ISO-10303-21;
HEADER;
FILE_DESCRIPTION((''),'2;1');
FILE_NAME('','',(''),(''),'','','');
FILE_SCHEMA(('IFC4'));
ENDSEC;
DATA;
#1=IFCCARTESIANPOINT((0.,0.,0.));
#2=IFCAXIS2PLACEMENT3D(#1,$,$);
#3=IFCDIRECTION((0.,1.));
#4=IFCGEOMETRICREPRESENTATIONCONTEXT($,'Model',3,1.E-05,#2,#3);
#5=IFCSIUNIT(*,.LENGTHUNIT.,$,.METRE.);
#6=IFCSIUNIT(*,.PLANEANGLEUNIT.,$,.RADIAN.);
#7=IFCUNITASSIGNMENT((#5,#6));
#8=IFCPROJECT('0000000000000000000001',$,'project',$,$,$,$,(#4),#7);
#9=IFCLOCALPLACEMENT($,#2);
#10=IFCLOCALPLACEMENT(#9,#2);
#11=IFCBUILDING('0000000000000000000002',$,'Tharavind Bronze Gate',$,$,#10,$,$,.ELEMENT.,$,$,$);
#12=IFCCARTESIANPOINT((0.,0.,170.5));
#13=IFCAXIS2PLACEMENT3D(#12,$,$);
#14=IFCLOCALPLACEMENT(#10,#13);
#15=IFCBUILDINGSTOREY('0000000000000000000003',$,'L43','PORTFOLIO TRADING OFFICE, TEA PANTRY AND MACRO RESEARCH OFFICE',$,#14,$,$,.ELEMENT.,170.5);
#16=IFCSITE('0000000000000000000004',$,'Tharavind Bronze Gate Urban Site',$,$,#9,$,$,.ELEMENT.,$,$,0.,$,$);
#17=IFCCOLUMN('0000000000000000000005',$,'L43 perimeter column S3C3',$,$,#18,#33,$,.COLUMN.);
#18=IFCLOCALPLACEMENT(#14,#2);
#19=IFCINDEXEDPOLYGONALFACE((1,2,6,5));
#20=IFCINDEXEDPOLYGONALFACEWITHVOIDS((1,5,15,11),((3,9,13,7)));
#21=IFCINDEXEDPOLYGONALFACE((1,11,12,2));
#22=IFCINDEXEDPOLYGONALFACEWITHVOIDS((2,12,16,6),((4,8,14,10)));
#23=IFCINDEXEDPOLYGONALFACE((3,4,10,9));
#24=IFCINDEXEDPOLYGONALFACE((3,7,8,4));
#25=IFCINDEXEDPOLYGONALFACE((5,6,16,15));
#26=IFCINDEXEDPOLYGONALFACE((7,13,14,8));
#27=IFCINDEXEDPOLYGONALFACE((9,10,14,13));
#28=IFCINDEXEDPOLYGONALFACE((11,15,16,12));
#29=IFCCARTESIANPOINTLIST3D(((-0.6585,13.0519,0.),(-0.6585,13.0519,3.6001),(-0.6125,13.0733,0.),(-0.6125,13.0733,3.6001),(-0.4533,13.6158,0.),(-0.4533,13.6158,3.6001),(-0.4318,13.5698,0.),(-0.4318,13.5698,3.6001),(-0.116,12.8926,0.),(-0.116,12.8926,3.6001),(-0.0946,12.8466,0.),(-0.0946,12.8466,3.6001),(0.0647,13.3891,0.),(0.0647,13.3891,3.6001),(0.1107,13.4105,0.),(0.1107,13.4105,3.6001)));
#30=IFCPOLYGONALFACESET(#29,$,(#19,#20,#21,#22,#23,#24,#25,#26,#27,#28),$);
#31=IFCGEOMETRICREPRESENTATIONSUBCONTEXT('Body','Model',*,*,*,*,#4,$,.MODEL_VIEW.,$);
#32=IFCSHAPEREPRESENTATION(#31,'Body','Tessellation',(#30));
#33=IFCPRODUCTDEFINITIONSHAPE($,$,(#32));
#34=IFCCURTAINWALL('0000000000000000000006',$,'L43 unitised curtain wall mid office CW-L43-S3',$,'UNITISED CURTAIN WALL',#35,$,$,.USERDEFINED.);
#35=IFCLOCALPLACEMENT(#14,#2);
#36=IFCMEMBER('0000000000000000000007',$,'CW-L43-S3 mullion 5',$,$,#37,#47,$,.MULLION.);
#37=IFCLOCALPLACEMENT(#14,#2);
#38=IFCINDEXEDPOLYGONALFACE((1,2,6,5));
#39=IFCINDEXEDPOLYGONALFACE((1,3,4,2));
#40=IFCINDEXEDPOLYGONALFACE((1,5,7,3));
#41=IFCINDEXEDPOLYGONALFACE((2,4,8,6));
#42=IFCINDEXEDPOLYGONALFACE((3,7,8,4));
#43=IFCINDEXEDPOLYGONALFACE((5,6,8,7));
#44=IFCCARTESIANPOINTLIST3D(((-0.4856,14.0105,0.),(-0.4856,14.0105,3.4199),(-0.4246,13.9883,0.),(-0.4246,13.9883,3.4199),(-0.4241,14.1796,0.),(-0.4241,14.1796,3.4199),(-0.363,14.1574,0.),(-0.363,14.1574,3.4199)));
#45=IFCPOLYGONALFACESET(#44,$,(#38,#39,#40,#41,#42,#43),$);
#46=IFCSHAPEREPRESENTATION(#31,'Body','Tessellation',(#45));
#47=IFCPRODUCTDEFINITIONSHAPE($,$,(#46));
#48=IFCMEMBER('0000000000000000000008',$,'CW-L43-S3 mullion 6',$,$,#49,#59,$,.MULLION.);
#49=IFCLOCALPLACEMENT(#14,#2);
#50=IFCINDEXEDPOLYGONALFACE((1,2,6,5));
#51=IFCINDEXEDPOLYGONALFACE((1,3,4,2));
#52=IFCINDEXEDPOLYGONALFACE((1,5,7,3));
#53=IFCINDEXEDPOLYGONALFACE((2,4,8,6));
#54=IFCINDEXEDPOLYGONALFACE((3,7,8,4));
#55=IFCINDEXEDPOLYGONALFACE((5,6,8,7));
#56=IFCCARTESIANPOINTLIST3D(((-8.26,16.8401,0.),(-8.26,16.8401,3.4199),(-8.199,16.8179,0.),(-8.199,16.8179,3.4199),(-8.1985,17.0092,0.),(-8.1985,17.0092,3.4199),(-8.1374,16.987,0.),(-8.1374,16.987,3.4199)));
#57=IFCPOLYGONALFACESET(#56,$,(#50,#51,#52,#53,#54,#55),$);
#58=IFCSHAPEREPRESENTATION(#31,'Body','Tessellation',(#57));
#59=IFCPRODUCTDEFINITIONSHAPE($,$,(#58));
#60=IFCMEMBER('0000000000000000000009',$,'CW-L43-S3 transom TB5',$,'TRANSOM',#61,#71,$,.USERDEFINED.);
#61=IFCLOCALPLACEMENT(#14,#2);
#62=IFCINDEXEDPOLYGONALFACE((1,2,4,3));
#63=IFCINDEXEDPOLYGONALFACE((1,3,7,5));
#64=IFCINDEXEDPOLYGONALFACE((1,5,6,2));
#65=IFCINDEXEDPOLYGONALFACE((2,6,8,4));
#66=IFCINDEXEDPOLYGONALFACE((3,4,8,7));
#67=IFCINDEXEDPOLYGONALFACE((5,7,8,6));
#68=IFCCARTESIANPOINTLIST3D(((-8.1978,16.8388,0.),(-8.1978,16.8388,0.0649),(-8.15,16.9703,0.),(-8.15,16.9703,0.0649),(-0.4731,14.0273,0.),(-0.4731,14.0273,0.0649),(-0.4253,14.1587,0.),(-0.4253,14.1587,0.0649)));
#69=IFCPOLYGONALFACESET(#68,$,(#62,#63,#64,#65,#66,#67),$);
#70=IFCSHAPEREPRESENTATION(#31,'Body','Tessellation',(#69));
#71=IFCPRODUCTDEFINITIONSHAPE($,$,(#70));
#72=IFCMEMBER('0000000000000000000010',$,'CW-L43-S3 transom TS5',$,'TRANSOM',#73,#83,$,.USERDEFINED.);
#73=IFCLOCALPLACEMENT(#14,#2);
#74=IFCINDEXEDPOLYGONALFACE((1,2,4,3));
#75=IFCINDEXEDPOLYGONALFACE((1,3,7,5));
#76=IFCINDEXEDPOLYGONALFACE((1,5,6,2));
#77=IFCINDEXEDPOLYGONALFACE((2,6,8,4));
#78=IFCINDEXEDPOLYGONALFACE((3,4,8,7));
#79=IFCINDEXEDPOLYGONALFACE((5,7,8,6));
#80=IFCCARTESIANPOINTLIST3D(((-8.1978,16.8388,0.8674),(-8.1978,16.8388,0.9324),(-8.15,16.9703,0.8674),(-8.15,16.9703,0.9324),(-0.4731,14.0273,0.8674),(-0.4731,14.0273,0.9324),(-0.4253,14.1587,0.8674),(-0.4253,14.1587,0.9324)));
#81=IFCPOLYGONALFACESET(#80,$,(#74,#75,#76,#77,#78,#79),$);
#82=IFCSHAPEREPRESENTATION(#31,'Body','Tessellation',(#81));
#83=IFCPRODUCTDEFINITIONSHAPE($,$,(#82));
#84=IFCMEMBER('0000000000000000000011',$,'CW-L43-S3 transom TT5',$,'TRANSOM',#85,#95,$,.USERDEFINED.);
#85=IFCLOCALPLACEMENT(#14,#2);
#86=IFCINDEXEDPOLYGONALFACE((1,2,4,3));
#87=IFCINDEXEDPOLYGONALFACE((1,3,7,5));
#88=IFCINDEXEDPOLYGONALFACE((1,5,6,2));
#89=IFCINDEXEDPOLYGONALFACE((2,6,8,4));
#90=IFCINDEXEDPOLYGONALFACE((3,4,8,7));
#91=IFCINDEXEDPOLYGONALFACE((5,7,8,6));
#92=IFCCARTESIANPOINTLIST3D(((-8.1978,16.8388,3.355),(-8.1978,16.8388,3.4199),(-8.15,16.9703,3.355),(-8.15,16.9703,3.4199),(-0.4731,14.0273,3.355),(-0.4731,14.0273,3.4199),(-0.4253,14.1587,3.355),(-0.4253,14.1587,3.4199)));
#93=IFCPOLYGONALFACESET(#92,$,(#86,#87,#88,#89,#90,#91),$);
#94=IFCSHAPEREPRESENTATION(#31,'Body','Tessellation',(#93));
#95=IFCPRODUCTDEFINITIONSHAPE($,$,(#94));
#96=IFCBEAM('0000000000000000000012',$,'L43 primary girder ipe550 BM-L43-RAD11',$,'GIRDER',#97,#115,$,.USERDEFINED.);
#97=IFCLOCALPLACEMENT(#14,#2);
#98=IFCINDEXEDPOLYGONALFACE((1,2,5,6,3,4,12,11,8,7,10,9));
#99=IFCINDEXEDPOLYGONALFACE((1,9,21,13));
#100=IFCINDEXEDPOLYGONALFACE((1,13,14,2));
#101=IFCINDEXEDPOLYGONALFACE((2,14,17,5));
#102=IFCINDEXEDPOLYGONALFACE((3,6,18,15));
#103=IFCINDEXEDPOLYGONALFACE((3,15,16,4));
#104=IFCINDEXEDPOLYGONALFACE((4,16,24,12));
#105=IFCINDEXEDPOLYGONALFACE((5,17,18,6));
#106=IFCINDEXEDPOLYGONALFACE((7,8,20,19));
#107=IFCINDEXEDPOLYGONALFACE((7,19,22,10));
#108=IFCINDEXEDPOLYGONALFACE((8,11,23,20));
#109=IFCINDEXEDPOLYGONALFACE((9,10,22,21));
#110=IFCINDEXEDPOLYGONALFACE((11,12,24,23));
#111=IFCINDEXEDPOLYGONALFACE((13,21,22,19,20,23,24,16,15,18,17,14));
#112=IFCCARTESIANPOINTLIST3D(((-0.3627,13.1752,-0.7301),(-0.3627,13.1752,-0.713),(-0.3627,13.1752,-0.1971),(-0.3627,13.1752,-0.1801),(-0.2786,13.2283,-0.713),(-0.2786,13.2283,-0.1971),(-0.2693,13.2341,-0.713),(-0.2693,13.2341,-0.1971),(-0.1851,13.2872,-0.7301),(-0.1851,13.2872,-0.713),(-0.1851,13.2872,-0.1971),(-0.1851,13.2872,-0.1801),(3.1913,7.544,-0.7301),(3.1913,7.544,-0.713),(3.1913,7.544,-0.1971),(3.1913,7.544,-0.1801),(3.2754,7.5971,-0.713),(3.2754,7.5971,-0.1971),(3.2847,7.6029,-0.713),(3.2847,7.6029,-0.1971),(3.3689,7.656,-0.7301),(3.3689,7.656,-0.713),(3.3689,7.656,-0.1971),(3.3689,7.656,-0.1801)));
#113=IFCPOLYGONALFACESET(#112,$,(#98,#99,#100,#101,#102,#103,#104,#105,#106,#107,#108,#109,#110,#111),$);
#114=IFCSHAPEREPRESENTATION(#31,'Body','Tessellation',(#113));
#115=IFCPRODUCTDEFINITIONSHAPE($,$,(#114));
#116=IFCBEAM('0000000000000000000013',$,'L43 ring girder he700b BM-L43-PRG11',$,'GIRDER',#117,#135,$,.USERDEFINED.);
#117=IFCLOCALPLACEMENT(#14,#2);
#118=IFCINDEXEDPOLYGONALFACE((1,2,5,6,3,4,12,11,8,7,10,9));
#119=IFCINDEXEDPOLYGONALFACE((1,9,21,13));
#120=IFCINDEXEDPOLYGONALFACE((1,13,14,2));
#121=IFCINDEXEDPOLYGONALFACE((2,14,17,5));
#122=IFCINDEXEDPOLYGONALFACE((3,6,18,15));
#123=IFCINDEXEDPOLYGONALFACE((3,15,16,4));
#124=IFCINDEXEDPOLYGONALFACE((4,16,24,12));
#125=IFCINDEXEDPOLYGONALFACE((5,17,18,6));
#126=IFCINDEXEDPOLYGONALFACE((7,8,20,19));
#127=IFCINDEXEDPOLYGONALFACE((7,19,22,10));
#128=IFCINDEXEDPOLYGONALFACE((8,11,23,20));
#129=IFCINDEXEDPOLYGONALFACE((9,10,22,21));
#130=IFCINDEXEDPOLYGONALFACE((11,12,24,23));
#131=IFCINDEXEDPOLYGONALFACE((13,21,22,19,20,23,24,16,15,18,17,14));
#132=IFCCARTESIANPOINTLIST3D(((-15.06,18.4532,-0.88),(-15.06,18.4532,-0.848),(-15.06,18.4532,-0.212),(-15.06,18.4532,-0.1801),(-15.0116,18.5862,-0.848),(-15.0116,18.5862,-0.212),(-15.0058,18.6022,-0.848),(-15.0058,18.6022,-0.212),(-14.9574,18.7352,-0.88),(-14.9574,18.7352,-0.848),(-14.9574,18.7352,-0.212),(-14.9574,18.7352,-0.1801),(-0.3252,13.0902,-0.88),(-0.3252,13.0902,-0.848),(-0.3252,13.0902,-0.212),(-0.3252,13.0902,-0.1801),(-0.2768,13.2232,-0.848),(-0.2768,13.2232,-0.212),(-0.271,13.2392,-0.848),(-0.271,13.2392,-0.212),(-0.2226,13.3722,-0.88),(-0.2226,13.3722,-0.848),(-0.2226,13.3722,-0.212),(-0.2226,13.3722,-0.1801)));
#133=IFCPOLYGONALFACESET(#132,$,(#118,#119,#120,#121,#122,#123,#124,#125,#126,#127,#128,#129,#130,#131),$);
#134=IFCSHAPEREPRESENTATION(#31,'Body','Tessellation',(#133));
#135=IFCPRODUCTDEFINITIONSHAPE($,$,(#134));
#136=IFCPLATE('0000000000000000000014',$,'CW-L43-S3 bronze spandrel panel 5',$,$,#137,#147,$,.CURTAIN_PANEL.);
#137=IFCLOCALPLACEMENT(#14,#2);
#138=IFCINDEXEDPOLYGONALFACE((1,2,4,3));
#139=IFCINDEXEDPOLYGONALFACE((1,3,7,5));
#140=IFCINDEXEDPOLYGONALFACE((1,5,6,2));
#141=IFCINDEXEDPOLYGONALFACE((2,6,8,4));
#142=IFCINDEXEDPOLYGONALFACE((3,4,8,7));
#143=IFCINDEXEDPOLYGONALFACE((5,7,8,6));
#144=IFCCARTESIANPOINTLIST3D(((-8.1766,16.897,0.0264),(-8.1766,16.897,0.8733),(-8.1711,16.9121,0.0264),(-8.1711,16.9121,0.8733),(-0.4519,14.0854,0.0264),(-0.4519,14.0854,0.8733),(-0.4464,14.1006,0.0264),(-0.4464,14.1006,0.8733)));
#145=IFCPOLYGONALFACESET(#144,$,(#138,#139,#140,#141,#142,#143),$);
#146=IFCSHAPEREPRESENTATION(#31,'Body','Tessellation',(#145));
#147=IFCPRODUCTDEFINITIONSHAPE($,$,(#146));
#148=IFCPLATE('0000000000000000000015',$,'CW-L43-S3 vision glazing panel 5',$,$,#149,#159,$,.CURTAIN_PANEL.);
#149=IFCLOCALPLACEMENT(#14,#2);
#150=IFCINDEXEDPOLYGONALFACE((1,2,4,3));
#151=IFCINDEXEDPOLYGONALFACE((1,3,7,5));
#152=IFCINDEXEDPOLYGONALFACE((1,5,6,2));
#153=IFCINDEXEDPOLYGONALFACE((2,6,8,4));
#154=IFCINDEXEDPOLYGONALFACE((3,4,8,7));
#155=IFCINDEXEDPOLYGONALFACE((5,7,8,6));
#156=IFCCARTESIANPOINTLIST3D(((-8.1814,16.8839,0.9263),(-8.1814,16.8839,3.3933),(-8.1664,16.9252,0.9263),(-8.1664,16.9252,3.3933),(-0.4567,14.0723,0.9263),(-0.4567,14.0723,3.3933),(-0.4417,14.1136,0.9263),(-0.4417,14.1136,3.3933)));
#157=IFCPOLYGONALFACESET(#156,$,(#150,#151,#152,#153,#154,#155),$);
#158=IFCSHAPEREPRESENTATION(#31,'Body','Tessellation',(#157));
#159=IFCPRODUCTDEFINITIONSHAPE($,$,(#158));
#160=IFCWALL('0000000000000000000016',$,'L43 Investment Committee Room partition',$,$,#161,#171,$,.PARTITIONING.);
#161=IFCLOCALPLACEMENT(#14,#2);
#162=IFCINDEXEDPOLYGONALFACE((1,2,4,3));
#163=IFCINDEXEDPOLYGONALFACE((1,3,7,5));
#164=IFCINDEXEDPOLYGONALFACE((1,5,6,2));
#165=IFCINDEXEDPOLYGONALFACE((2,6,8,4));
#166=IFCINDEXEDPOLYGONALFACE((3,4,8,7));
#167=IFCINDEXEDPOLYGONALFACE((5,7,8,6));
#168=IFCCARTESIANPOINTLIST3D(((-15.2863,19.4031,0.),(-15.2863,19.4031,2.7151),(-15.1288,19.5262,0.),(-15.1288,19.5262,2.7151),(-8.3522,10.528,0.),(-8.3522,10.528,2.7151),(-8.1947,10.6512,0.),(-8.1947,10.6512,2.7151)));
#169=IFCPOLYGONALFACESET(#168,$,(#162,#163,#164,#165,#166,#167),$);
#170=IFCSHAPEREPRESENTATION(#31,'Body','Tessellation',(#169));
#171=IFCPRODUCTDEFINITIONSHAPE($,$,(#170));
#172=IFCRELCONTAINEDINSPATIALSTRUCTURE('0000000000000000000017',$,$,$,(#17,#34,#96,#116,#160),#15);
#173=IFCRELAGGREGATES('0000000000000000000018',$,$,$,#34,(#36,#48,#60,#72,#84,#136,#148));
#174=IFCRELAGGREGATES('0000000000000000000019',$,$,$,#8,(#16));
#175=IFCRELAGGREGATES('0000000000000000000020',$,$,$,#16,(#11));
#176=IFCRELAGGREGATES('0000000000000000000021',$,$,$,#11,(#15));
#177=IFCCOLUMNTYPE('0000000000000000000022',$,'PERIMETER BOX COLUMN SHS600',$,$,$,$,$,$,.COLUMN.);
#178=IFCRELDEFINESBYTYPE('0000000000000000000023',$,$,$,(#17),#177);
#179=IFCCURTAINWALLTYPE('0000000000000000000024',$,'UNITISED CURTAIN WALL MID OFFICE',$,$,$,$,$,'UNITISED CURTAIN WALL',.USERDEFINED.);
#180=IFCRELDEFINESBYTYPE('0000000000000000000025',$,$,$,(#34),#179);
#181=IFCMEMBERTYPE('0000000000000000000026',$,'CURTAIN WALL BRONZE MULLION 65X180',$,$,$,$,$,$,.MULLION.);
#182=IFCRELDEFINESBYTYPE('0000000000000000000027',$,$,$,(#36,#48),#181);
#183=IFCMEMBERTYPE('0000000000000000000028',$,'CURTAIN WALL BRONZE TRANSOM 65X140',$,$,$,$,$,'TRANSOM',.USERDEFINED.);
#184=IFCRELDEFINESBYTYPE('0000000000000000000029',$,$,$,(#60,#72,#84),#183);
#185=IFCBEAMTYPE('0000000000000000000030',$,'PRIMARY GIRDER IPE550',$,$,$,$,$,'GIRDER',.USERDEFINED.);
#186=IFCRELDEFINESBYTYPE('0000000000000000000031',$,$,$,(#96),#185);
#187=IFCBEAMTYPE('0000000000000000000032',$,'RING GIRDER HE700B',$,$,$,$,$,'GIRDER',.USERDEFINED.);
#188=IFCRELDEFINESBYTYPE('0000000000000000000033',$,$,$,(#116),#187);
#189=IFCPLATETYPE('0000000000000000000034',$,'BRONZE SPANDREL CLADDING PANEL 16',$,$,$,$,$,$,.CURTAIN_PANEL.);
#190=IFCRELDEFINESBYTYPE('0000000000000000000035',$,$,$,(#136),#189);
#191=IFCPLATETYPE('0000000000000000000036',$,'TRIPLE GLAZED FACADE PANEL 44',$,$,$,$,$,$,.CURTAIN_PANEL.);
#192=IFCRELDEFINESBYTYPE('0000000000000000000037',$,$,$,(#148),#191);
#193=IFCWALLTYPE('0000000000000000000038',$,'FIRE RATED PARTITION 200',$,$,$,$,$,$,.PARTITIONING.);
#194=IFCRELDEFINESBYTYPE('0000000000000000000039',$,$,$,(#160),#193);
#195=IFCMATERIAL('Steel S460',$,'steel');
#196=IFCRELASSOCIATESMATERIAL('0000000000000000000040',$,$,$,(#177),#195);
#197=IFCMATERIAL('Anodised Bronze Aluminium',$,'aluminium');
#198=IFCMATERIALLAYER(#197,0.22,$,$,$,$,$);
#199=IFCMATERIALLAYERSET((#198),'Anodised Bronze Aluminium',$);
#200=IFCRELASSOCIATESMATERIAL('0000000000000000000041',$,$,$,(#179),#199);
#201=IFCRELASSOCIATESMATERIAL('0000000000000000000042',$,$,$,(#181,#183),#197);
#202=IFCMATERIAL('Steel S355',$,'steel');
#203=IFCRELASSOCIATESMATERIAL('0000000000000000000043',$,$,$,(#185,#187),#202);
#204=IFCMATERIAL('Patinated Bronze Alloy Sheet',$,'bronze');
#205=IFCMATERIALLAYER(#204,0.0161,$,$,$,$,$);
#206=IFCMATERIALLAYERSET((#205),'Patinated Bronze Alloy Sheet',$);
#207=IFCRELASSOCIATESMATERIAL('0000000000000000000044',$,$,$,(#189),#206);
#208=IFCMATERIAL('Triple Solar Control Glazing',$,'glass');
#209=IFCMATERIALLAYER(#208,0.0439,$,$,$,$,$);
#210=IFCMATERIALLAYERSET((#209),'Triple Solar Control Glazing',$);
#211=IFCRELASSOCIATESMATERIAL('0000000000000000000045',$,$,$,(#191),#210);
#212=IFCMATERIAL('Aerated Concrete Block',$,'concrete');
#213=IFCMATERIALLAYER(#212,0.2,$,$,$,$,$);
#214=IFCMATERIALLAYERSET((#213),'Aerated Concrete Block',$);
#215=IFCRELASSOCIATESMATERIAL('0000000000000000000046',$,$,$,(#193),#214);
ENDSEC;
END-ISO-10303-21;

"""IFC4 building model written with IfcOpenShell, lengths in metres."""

from ifc_helpers import new_model, si_unit, direction, frame, frame_2d, origin, origin_2d, place, context, subcontext, project, spatial, rectangle, hollow_rectangle, i_section, extrude, material, layer, layer_set, material_profile, profile_set, type_object, element, aggregate, save


model = new_model("IFC4")

# Units and contexts
model_context = context("Model", 3, precision=1e-05, world=origin(), true_north=direction((0.0, 1.0)))
body_context = subcontext(model_context, "Body", "Model", "MODEL_VIEW")
ifc_project = project(units=[si_unit("LENGTHUNIT", "METRE"), si_unit("PLANEANGLEUNIT", "RADIAN")], contexts=[model_context])

# Site, building, storey
site_placement = place(None, origin())
site = spatial("IfcSite", under=ifc_project, at=site_placement, Name="Tharavind Bronze Gate Urban Site", CompositionType="ELEMENT", RefElevation=0.0)
building_placement = place(site_placement, origin())
building = spatial("IfcBuilding", under=site, at=building_placement, Name="Tharavind Bronze Gate", CompositionType="ELEMENT")
storey_placement = place(building_placement, frame((0.0, 0.0, 170.5)))
storey = spatial("IfcBuildingStorey", under=building, at=storey_placement, Name="L43", Description="PORTFOLIO TRADING OFFICE, TEA PANTRY AND MACRO RESEARCH OFFICE", CompositionType="ELEMENT", Elevation=170.5)

# Column
ifc_material_1 = material(Name="Steel S460", Category="steel")
ifc_material_profile_1 = material_profile(ifc_material_1, hollow_rectangle(XDim=0.6001, YDim=0.6001, WallThickness=0.0359, at=origin_2d()), Name="SHS600X36")
ifc_profile_set_1 = profile_set([ifc_material_profile_1], Name="Steel S460")
column_type = type_object("IfcColumnType", Name="PERIMETER BOX COLUMN SHS600", PredefinedType="COLUMN", material=ifc_profile_set_1)
column_placement = place(storey_placement, frame((-0.2739, 13.2312, 0.0), z_axis=(0.0, 0.0, 1.0), x_axis=(-0.939692, 0.342022, 0.0)))
element("IfcColumn", 1, at=column_placement, inside=storey, type_object=column_type, Name="L43 perimeter column S3C3", PredefinedType="COLUMN", context=body_context, shape_type="SweptSolid", body=[
    extrude(hollow_rectangle(XDim=0.6001, YDim=0.6001, WallThickness=0.0359, at=origin_2d()), origin(), (0.0, 0.0, 1.0), 3.6001),
])

# Curtain wall, members
ifc_material_2 = material(Name="Anodised Bronze Aluminium", Category="aluminium")
ifc_layer_1 = layer(ifc_material_2, 0.22)
ifc_layer_set_1 = layer_set([ifc_layer_1], Name="Anodised Bronze Aluminium")
curtain_wall_type = type_object("IfcCurtainWallType", Name="UNITISED CURTAIN WALL MID OFFICE", ElementType="UNITISED CURTAIN WALL", PredefinedType="USERDEFINED", material=ifc_layer_set_1)
curtain_wall_placement = place(storey_placement, origin())
curtain_wall = element("IfcCurtainWall", 2, at=curtain_wall_placement, inside=storey, type_object=curtain_wall_type, Name="L43 unitised curtain wall mid office CW-L43-S3", ObjectType="UNITISED CURTAIN WALL", PredefinedType="USERDEFINED")
member_type_1 = type_object("IfcMemberType", Name="CURTAIN WALL BRONZE MULLION 65X180", PredefinedType="MULLION", material=ifc_material_2)
member_1_placement = place(storey_placement, frame((-0.4243, 14.084, 0.0), z_axis=(0.0, 0.0, 1.0), x_axis=(-0.939692, 0.342022, 0.0)))
member_1 = element("IfcMember", 3, at=member_1_placement, type_object=member_type_1, Name="CW-L43-S3 mullion 5", PredefinedType="MULLION", context=body_context, shape_type="SweptSolid", body=[
    extrude(rectangle(XDim=0.0649, YDim=0.1799, at=origin_2d()), origin(), (0.0, 0.0, 1.0), 3.4199),
])
member_2_placement = place(storey_placement, frame((-8.1987, 16.9136, 0.0), z_axis=(0.0, 0.0, 1.0), x_axis=(-0.939692, 0.342022, 0.0)))
member_2 = element("IfcMember", 4, at=member_2_placement, type_object=member_type_1, Name="CW-L43-S3 mullion 6", PredefinedType="MULLION", context=body_context, shape_type="SweptSolid", body=[
    extrude(rectangle(XDim=0.0649, YDim=0.1799, at=origin_2d()), origin(), (0.0, 0.0, 1.0), 3.4199),
])
member_type_2 = type_object("IfcMemberType", Name="CURTAIN WALL BRONZE TRANSOM 65X140", ElementType="TRANSOM", PredefinedType="USERDEFINED", material=ifc_material_2)
member_3_placement = place(storey_placement, frame((-4.3115, 15.4988, 0.0), z_axis=(0.0, 0.0, 1.0), x_axis=(-0.939692, 0.342022, 0.0)))
member_3 = element("IfcMember", 5, at=member_3_placement, type_object=member_type_2, Name="CW-L43-S3 transom TB5", ObjectType="TRANSOM", PredefinedType="USERDEFINED", context=body_context, shape_type="SweptSolid", body=[
    extrude(rectangle(XDim=8.2205, YDim=0.1399, at=origin_2d()), origin(), (0.0, 0.0, 1.0), 0.0649),
])
member_4_placement = place(storey_placement, frame((-4.3115, 15.4988, 0.8674), z_axis=(0.0, 0.0, 1.0), x_axis=(-0.939692, 0.342022, 0.0)))
member_4 = element("IfcMember", 6, at=member_4_placement, type_object=member_type_2, Name="CW-L43-S3 transom TS5", ObjectType="TRANSOM", PredefinedType="USERDEFINED", context=body_context, shape_type="SweptSolid", body=[
    extrude(rectangle(XDim=8.2205, YDim=0.1399, at=origin_2d()), origin(), (0.0, 0.0, 1.0), 0.0649),
])
member_5_placement = place(storey_placement, frame((-4.3115, 15.4988, 3.355), z_axis=(0.0, 0.0, 1.0), x_axis=(-0.939692, 0.342022, 0.0)))
member_5 = element("IfcMember", 7, at=member_5_placement, type_object=member_type_2, Name="CW-L43-S3 transom TT5", ObjectType="TRANSOM", PredefinedType="USERDEFINED", context=body_context, shape_type="SweptSolid", body=[
    extrude(rectangle(XDim=8.2205, YDim=0.1399, at=origin_2d()), origin(), (0.0, 0.0, 1.0), 0.0649),
])

# Beams
ifc_material_3 = material(Name="Steel S355", Category="steel")
ifc_material_profile_2 = material_profile(ifc_material_3, i_section(OverallWidth=0.21, OverallDepth=0.55, WebThickness=0.011, FlangeThickness=0.0171, at=origin_2d()), Name="IPE550")
ifc_profile_set_2 = profile_set([ifc_material_profile_2], Name="Steel S355")
beam_type_1 = type_object("IfcBeamType", Name="PRIMARY GIRDER IPE550", ElementType="GIRDER", PredefinedType="USERDEFINED", material=ifc_profile_set_2)
beam_1_placement = place(storey_placement, frame((-0.2739, 13.2312, -0.4551), z_axis=(0.533721, -0.84566, 0.0), x_axis=(0.84566, 0.533721, 0.0)))
element("IfcBeam", 8, at=beam_1_placement, inside=storey, type_object=beam_type_1, Name="L43 primary girder ipe550 BM-L43-RAD11", ObjectType="GIRDER", PredefinedType="USERDEFINED", context=body_context, shape_type="SweptSolid", body=[
    extrude(i_section(OverallWidth=0.21, OverallDepth=0.55, WebThickness=0.011, FlangeThickness=0.0171, at=origin_2d()), origin(), (0.0, 0.0, 1.0), 6.6589),
])
ifc_material_profile_3 = material_profile(ifc_material_3, i_section(OverallWidth=0.3, OverallDepth=0.7, WebThickness=0.0171, FlangeThickness=0.032, at=origin_2d()), Name="HE700B")
ifc_profile_set_3 = profile_set([ifc_material_profile_3], Name="Steel S355")
beam_type_2 = type_object("IfcBeamType", Name="RING GIRDER HE700B", ElementType="GIRDER", PredefinedType="USERDEFINED", material=ifc_profile_set_3)
beam_2_placement = place(storey_placement, frame((-0.2739, 13.2312, -0.53), z_axis=(-0.939693, 0.342019, 0.0), x_axis=(-0.342019, -0.939693, 0.0)))
element("IfcBeam", 9, at=beam_2_placement, inside=storey, type_object=beam_type_2, Name="L43 ring girder he700b BM-L43-PRG11", ObjectType="GIRDER", PredefinedType="USERDEFINED", context=body_context, shape_type="SweptSolid", body=[
    extrude(i_section(OverallWidth=0.3, OverallDepth=0.7, WebThickness=0.0171, FlangeThickness=0.032, at=origin_2d()), origin(), (0.0, 0.0, 1.0), 15.6804),
])

# Plates
ifc_material_4 = material(Name="Patinated Bronze Alloy Sheet", Category="bronze")
ifc_layer_2 = layer(ifc_material_4, 0.0161)
ifc_layer_set_2 = layer_set([ifc_layer_2], Name="Patinated Bronze Alloy Sheet")
plate_type_1 = type_object("IfcPlateType", Name="BRONZE SPANDREL CLADDING PANEL 16", PredefinedType="CURTAIN_PANEL", material=ifc_layer_set_2)
plate_1_placement = place(storey_placement, frame((-4.3115, 15.4988, 0.0264), z_axis=(0.0, 0.0, 1.0), x_axis=(-0.939692, 0.342022, 0.0)))
plate_1 = element("IfcPlate", 10, at=plate_1_placement, type_object=plate_type_1, Name="CW-L43-S3 bronze spandrel panel 5", PredefinedType="CURTAIN_PANEL", context=body_context, shape_type="SweptSolid", body=[
    extrude(rectangle(XDim=8.2205, YDim=0.0161, at=origin_2d()), origin(), (0.0, 0.0, 1.0), 0.8469),
])
ifc_material_5 = material(Name="Triple Solar Control Glazing", Category="glass")
ifc_layer_3 = layer(ifc_material_5, 0.0439)
ifc_layer_set_3 = layer_set([ifc_layer_3], Name="Triple Solar Control Glazing")
plate_type_2 = type_object("IfcPlateType", Name="TRIPLE GLAZED FACADE PANEL 44", PredefinedType="CURTAIN_PANEL", material=ifc_layer_set_3)
plate_2_placement = place(storey_placement, frame((-4.3115, 15.4988, 0.9263), z_axis=(0.0, 0.0, 1.0), x_axis=(-0.939692, 0.342022, 0.0)))
plate_2 = element("IfcPlate", 11, at=plate_2_placement, type_object=plate_type_2, Name="CW-L43-S3 vision glazing panel 5", PredefinedType="CURTAIN_PANEL", context=body_context, shape_type="SweptSolid", body=[
    extrude(rectangle(XDim=8.2205, YDim=0.0439, at=origin_2d()), origin(), (0.0, 0.0, 1.0), 2.467),
])
aggregate(curtain_wall, [member_1, member_2, member_3, member_4, member_5, plate_1, plate_2])

# Wall
ifc_material_6 = material(Name="Aerated Concrete Block", Category="concrete")
ifc_layer_4 = layer(ifc_material_6, 0.2)
ifc_layer_set_4 = layer_set([ifc_layer_4], Name="Aerated Concrete Block")
wall_type_1 = type_object("IfcWallType", Name="FIRE RATED PARTITION 200", PredefinedType="PARTITIONING", material=ifc_layer_set_4)
wall_1_placement = place(storey_placement, frame((-8.2734, 10.5896, 0.0), z_axis=(0.0, 0.0, 1.0), x_axis=(-0.615671, 0.788003, 0.0)))
element("IfcWall", 12, at=wall_1_placement, inside=storey, type_object=wall_type_1, Name="L43 Investment Committee Room partition", PredefinedType="PARTITIONING", context=body_context, shape_type="SweptSolid", body=[
    extrude(rectangle(XDim=11.2627, YDim=0.2, at=frame_2d((5.6313, 0.0))), origin(), (0.0, 0.0, 1.0), 2.7151),
])

save(model, "model.ifc")
